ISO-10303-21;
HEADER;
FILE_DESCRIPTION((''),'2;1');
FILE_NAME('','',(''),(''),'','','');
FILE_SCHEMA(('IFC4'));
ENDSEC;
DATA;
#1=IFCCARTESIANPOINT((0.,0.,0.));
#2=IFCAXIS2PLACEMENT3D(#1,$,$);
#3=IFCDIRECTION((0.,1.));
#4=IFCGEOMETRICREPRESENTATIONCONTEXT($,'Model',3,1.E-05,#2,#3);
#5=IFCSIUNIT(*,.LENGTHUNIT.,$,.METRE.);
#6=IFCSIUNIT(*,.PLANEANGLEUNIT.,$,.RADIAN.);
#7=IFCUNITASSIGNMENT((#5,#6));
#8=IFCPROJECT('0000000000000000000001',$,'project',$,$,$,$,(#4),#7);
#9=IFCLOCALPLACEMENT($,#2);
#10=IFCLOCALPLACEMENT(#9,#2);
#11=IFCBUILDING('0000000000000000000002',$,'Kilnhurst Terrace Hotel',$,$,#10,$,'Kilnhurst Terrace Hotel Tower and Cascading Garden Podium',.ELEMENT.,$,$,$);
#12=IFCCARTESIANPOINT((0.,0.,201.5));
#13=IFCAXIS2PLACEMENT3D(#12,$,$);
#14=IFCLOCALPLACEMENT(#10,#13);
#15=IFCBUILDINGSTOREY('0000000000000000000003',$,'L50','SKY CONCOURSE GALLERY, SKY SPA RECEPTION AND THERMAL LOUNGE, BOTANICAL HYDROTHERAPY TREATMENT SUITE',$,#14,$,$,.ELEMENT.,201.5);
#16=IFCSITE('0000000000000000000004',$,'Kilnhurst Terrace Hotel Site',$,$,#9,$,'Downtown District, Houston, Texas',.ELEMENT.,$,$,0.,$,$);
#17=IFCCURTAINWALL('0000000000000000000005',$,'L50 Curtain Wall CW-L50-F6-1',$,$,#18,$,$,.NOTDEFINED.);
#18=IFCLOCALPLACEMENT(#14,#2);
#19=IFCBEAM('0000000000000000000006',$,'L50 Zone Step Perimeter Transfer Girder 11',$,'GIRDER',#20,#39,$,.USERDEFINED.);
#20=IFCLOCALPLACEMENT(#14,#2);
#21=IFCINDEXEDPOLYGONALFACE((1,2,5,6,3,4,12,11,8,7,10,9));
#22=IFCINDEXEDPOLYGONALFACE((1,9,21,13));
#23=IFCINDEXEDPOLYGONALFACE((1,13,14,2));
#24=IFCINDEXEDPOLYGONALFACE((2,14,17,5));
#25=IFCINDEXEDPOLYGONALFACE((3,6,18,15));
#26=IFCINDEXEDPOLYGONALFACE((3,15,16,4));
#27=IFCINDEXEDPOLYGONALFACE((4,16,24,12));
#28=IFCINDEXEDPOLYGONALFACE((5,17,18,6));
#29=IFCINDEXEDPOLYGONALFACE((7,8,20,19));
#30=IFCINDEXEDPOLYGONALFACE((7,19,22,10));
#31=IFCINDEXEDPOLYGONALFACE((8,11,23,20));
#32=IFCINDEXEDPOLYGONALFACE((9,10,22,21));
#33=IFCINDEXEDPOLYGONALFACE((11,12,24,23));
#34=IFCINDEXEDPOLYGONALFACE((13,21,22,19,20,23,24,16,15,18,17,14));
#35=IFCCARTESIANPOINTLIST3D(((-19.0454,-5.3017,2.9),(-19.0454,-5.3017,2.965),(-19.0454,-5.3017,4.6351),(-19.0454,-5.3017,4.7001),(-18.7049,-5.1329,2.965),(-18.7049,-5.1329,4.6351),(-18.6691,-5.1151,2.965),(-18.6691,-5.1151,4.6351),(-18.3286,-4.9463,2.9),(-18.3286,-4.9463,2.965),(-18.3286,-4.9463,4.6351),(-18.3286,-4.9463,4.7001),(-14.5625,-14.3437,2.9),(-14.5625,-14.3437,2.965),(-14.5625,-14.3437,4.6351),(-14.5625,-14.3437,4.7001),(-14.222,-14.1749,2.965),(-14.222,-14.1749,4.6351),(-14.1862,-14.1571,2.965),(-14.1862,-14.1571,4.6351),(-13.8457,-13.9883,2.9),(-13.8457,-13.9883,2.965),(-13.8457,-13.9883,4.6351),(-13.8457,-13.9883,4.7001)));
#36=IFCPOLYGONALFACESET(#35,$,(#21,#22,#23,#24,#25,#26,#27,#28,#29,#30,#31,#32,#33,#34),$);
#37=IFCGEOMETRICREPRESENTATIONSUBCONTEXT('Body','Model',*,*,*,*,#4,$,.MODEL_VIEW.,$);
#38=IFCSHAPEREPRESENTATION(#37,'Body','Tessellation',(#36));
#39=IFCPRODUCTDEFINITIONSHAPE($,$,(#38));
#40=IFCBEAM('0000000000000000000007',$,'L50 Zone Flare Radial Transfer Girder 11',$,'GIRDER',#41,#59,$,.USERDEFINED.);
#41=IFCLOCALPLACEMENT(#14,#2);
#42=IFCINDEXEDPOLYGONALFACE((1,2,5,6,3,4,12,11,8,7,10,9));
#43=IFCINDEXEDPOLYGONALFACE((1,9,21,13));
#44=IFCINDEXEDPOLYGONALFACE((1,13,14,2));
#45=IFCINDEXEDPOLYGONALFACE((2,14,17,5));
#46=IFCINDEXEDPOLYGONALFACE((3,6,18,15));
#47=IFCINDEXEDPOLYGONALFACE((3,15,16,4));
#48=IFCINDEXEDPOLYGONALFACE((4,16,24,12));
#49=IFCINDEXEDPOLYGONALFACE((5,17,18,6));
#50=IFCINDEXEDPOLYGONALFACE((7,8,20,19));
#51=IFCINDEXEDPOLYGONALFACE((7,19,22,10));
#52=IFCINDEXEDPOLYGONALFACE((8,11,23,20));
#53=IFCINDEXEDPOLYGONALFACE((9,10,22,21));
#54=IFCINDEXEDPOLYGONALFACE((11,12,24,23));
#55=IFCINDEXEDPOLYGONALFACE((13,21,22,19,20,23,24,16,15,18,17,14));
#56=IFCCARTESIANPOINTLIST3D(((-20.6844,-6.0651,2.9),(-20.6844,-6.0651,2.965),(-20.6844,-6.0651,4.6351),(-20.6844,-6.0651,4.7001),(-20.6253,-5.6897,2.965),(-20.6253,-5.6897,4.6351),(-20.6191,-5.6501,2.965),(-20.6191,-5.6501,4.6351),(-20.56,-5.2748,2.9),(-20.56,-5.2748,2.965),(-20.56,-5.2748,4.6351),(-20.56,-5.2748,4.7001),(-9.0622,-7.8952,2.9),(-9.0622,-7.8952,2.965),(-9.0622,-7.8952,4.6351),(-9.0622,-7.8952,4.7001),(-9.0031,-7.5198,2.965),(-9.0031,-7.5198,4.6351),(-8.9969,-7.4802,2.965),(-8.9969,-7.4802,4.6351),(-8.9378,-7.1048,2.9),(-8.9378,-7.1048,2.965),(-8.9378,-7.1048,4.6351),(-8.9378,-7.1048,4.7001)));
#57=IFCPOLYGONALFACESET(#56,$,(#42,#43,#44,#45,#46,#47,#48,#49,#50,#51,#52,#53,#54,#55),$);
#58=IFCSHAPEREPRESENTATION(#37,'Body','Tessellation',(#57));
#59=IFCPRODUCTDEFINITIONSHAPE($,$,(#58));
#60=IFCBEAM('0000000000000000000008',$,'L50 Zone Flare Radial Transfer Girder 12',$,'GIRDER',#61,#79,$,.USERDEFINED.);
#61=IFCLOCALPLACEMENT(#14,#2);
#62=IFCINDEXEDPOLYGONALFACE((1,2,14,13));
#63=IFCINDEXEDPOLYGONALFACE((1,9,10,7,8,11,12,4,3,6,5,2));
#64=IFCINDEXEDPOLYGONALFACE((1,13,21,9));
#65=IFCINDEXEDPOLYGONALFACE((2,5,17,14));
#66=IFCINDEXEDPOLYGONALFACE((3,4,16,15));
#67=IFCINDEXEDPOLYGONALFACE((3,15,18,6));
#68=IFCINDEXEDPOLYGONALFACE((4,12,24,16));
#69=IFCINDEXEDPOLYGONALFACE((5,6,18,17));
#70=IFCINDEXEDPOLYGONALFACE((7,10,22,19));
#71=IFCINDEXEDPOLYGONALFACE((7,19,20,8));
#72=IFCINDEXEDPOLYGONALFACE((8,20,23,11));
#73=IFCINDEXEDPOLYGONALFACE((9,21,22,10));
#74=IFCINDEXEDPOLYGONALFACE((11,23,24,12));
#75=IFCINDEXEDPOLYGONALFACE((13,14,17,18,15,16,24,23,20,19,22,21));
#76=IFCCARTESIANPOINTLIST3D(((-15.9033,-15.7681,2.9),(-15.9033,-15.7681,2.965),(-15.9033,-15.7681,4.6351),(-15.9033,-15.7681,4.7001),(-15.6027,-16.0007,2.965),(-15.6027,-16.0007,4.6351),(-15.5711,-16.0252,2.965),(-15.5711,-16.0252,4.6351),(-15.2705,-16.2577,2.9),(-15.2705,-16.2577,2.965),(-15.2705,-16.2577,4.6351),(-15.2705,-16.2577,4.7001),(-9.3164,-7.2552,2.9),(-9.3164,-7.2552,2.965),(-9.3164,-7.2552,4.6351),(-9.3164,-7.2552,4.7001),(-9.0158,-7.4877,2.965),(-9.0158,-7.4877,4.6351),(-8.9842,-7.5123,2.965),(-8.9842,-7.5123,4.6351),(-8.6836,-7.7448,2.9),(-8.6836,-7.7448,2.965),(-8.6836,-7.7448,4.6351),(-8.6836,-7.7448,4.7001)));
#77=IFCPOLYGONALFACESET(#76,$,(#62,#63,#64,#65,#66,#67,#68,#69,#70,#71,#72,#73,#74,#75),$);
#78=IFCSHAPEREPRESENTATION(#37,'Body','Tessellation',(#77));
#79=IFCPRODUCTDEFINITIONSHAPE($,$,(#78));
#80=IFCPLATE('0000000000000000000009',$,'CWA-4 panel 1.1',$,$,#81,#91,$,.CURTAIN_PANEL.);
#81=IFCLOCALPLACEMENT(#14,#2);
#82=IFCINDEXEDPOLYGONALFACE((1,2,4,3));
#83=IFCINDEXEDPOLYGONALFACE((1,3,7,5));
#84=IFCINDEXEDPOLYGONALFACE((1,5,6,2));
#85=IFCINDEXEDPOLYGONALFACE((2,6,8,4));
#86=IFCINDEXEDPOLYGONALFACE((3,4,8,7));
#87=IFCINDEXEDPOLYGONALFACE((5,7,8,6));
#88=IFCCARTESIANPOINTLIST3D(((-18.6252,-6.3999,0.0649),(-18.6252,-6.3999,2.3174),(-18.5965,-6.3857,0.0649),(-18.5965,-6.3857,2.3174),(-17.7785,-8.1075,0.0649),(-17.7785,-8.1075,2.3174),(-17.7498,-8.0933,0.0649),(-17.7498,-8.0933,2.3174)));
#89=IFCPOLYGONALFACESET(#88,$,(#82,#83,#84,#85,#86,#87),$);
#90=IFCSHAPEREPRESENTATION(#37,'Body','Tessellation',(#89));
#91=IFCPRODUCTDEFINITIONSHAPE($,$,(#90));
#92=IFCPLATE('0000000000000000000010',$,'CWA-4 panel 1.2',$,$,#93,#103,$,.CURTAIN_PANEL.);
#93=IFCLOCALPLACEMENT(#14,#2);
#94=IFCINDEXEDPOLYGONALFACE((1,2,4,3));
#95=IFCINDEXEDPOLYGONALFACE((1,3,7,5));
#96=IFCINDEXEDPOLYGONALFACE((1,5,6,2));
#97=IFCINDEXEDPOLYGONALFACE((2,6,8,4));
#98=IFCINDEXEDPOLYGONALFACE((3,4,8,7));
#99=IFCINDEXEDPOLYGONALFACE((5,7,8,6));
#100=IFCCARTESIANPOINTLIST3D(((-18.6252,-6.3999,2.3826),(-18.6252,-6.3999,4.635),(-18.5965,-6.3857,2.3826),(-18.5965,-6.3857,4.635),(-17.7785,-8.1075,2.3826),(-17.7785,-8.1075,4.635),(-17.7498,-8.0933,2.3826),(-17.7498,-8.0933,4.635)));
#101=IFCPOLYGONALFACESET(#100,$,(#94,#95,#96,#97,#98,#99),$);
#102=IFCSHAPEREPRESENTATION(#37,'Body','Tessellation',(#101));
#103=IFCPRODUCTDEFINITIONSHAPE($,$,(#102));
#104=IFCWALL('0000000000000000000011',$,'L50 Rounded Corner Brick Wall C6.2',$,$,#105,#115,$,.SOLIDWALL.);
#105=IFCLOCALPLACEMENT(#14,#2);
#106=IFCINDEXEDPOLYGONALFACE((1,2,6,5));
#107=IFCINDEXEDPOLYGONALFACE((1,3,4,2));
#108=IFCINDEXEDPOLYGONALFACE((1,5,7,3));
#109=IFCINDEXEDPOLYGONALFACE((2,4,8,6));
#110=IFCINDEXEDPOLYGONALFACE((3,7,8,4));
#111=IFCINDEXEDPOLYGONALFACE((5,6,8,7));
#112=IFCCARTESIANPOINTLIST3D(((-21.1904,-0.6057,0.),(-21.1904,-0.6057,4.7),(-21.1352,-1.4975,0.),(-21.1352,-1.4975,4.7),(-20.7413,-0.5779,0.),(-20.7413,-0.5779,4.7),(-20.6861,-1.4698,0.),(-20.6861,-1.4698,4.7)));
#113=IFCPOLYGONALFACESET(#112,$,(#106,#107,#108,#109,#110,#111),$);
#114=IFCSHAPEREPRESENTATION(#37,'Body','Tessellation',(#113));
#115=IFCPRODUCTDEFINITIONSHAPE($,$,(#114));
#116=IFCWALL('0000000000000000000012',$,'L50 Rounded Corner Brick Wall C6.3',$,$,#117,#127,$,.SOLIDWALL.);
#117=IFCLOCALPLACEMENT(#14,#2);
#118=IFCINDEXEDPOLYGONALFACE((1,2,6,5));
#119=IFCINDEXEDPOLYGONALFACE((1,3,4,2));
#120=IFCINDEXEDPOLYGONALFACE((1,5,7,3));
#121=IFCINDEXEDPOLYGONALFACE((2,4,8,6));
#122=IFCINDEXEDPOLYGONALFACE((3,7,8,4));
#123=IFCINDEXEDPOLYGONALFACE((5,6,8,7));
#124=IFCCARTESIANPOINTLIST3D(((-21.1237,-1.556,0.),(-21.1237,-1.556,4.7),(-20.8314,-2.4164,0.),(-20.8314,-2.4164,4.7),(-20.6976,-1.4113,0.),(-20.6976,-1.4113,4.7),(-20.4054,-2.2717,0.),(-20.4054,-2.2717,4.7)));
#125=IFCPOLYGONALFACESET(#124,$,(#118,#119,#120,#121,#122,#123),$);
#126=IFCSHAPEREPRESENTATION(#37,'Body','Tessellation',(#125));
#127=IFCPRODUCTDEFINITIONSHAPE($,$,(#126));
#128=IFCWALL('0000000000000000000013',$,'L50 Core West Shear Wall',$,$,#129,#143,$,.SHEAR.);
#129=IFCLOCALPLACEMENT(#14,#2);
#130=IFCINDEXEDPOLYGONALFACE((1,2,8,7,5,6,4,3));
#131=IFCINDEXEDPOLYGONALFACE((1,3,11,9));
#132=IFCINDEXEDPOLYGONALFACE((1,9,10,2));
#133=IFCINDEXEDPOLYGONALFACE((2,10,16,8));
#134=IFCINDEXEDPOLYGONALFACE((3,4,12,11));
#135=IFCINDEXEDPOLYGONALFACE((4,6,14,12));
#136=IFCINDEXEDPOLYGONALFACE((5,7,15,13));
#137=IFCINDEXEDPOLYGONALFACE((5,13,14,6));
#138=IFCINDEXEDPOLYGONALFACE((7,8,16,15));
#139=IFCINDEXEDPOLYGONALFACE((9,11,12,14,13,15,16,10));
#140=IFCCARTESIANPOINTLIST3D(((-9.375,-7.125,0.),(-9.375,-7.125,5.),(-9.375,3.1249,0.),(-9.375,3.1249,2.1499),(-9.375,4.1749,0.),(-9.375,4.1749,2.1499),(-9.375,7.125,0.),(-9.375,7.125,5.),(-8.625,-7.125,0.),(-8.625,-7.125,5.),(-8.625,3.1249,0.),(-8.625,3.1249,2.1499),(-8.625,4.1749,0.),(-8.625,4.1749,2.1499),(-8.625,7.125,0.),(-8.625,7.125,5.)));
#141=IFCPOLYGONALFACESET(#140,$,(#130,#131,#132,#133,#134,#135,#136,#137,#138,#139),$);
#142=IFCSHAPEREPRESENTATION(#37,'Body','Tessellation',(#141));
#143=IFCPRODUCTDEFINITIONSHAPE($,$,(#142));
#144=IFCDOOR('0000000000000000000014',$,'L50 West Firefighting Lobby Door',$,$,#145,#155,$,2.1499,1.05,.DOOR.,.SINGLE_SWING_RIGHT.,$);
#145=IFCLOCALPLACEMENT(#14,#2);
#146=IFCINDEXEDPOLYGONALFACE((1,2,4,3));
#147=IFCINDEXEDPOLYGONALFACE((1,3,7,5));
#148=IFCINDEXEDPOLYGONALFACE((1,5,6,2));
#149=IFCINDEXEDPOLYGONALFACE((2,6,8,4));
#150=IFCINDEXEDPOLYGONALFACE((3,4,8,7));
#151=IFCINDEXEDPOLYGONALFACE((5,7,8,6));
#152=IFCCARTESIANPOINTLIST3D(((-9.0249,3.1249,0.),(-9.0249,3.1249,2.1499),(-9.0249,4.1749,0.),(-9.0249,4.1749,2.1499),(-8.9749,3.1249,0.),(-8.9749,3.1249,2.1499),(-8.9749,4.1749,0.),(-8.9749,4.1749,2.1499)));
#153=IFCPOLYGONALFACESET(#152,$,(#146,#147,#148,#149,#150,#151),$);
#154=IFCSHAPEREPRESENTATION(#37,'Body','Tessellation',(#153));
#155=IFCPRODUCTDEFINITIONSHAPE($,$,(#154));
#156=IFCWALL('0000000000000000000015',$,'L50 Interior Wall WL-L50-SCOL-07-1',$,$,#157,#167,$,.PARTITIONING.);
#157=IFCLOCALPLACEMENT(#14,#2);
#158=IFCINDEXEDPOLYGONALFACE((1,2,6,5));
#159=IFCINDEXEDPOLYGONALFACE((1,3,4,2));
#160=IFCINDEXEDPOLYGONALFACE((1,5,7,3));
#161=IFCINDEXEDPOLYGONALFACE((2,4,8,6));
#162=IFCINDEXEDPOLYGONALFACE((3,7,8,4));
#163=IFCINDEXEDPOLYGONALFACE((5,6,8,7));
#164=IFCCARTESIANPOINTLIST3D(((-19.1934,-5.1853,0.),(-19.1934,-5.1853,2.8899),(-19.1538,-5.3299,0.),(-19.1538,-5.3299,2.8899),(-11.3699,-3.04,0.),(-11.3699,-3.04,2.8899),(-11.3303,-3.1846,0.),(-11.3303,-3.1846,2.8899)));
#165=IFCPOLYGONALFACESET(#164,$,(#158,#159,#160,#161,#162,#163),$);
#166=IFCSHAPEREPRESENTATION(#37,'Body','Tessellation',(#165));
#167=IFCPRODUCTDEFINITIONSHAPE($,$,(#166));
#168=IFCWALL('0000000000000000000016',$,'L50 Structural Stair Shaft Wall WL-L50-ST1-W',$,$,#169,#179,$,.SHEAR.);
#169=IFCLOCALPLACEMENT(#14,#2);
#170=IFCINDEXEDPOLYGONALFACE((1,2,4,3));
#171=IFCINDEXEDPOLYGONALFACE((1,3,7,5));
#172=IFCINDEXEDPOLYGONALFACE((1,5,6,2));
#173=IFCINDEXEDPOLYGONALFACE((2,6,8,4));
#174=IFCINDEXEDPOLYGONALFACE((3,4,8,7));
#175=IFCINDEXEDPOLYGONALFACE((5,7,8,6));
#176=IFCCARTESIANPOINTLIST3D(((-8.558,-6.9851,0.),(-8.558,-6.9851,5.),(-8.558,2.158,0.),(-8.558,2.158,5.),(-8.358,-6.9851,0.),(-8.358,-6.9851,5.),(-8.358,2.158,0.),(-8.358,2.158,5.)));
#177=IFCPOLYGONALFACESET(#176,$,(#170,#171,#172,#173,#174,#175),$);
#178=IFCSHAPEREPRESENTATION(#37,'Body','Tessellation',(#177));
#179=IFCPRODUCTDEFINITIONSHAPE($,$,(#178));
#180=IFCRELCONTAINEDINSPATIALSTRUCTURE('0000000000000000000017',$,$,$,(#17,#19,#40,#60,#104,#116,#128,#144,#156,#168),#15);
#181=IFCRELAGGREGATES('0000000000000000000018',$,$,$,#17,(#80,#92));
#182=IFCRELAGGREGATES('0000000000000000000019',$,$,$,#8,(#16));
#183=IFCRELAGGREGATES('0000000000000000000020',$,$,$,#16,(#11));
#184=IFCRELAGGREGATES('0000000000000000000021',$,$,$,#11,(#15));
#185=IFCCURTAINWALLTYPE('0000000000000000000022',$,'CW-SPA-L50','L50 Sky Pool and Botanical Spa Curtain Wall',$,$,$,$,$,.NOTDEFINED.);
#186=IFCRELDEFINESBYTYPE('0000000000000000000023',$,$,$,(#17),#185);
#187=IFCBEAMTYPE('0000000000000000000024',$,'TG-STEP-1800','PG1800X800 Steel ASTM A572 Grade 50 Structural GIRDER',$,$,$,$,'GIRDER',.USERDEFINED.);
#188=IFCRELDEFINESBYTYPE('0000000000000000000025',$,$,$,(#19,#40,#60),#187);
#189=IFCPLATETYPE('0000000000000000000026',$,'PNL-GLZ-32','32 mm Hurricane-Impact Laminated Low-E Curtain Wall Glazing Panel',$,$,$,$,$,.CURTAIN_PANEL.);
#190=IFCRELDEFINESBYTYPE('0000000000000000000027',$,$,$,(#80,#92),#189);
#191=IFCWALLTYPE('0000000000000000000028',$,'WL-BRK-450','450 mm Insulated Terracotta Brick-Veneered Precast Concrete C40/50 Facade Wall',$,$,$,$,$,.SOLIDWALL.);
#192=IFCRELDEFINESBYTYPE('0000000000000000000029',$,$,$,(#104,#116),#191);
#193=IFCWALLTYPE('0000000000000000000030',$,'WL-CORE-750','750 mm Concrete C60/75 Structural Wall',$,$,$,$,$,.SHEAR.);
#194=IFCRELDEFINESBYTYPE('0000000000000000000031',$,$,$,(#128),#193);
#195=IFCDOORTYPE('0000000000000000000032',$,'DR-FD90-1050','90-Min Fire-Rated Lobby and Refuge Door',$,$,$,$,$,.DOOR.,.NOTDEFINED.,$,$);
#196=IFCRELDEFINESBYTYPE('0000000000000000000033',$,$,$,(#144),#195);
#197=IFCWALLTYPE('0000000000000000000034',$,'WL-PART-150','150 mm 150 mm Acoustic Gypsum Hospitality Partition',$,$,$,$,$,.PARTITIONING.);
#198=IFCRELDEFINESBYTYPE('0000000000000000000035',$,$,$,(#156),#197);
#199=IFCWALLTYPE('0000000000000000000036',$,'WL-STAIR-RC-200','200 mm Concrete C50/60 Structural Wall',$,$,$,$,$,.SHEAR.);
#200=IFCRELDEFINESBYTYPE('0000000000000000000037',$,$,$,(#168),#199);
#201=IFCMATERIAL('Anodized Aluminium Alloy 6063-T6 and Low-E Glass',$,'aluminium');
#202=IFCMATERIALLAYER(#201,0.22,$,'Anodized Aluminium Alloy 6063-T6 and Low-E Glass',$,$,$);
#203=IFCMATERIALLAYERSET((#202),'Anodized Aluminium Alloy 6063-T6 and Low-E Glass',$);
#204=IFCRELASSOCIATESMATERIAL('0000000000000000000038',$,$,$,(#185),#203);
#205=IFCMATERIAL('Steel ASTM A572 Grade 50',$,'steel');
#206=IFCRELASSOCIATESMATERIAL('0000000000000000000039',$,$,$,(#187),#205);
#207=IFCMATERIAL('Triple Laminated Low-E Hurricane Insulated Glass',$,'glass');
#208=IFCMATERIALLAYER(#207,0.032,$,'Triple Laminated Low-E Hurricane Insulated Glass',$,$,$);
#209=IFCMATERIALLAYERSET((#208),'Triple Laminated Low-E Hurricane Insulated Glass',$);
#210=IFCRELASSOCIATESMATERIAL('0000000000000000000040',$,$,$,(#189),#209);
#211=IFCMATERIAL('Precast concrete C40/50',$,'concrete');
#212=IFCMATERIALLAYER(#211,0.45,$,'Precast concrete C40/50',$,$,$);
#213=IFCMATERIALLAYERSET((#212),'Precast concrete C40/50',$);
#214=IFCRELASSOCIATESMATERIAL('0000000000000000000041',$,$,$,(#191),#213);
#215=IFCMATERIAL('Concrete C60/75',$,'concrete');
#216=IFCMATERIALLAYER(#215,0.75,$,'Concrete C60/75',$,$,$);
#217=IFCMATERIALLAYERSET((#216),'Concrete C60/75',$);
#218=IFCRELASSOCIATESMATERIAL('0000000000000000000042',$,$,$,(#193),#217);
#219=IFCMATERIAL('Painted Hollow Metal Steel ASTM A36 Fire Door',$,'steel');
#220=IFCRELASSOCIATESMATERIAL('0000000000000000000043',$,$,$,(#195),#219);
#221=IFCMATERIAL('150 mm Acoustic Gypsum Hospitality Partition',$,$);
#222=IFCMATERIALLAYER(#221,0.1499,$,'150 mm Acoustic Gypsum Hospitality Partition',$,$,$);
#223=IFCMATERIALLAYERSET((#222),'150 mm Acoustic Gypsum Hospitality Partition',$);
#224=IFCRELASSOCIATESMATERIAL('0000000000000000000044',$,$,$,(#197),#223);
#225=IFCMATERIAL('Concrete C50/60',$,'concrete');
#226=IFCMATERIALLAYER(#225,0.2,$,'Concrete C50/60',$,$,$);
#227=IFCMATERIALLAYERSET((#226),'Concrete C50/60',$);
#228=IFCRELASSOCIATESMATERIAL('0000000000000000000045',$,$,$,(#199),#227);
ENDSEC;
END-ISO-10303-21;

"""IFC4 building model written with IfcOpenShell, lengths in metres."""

from ifc_helpers import new_model, si_unit, direction, frame, frame_2d, origin, origin_2d, place, context, subcontext, project, spatial, rectangle, i_section, extrude, material, layer, layer_set, material_profile, profile_set, type_object, element, fill, aggregate, save


model = new_model("IFC4")

# Units and contexts
model_context = context("Model", 3, precision=1e-05, world=origin(), true_north=direction((0.0, 1.0)))
body_context = subcontext(model_context, "Body", "Model", "MODEL_VIEW")
ifc_project = project(units=[si_unit("LENGTHUNIT", "METRE"), si_unit("PLANEANGLEUNIT", "RADIAN")], contexts=[model_context])

# Site, building, storey
site_placement = place(None, origin())
site = spatial("IfcSite", under=ifc_project, at=site_placement, Name="Kilnhurst Terrace Hotel Site", LongName="Downtown District, Houston, Texas", CompositionType="ELEMENT", RefElevation=0.0)
building_placement = place(site_placement, origin())
building = spatial("IfcBuilding", under=site, at=building_placement, Name="Kilnhurst Terrace Hotel", LongName="Kilnhurst Terrace Hotel Tower and Cascading Garden Podium", CompositionType="ELEMENT")
storey_placement = place(building_placement, frame((0.0, 0.0, 201.5)))
storey = spatial("IfcBuildingStorey", under=building, at=storey_placement, Name="L50", Description="SKY CONCOURSE GALLERY, SKY SPA RECEPTION AND THERMAL LOUNGE, BOTANICAL HYDROTHERAPY TREATMENT SUITE", CompositionType="ELEMENT", Elevation=201.5)

# Curtain wall
ifc_material_1 = material(Name="Anodized Aluminium Alloy 6063-T6 and Low-E Glass", Category="aluminium")
ifc_layer_1 = layer(ifc_material_1, 0.22, Name="Anodized Aluminium Alloy 6063-T6 and Low-E Glass")
ifc_layer_set_1 = layer_set([ifc_layer_1], Name="Anodized Aluminium Alloy 6063-T6 and Low-E Glass")
curtain_wall_type = type_object("IfcCurtainWallType", Name="CW-SPA-L50", Description="L50 Sky Pool and Botanical Spa Curtain Wall", PredefinedType="NOTDEFINED", material=ifc_layer_set_1)
curtain_wall_placement = place(storey_placement, origin())
curtain_wall = element("IfcCurtainWall", 1, at=curtain_wall_placement, inside=storey, type_object=curtain_wall_type, Name="L50 Curtain Wall CW-L50-F6-1", PredefinedType="NOTDEFINED")

# Beams
ifc_material_2 = material(Name="Steel ASTM A572 Grade 50", Category="steel")
ifc_material_profile_1 = material_profile(ifc_material_2, i_section(OverallWidth=0.8, OverallDepth=1.8, WebThickness=0.04, FlangeThickness=0.0649, at=origin_2d()), Name="PG1800X800")
ifc_profile_set_1 = profile_set([ifc_material_profile_1], Name="Steel ASTM A572 Grade 50")
beam_type_1 = type_object("IfcBeamType", Name="TG-STEP-1800", Description="PG1800X800 Steel ASTM A572 Grade 50 Structural GIRDER", ElementType="GIRDER", PredefinedType="USERDEFINED", material=ifc_profile_set_1)
beam_1_placement = place(storey_placement, frame((-18.687, -5.124, 3.8), z_axis=(0.444192, -0.895932, 0.0), x_axis=(0.895932, 0.444192, 0.0)))
element("IfcBeam", 2, at=beam_1_placement, inside=storey, type_object=beam_type_1, Name="L50 Zone Step Perimeter Transfer Girder 11", ObjectType="GIRDER", PredefinedType="USERDEFINED", context=body_context, shape_type="SweptSolid", body=[
    extrude(i_section(OverallWidth=0.8, OverallDepth=1.8, WebThickness=0.04, FlangeThickness=0.0649, at=origin_2d()), origin(), (0.0, 0.0, 1.0), 10.0923),
])
beam_2_placement = place(storey_placement, frame((-9.0, -7.5, 3.8), z_axis=(-0.987828, 0.155549, 0.0), x_axis=(-0.155549, -0.987828, 0.0)))
element("IfcBeam", 3, at=beam_2_placement, inside=storey, type_object=beam_type_1, Name="L50 Zone Flare Radial Transfer Girder 11", ObjectType="GIRDER", PredefinedType="USERDEFINED", context=body_context, shape_type="SweptSolid", body=[
    extrude(i_section(OverallWidth=0.8, OverallDepth=1.8, WebThickness=0.04, FlangeThickness=0.0649, at=origin_2d()), origin(), (0.0, 0.0, 1.0), 11.7654),
])
beam_3_placement = place(storey_placement, frame((-9.0, -7.5, 3.8), z_axis=(-0.611955, -0.790892, 0.0), x_axis=(0.790892, -0.611955, 0.0)))
element("IfcBeam", 4, at=beam_3_placement, inside=storey, type_object=beam_type_1, Name="L50 Zone Flare Radial Transfer Girder 12", ObjectType="GIRDER", PredefinedType="USERDEFINED", context=body_context, shape_type="SweptSolid", body=[
    extrude(i_section(OverallWidth=0.8, OverallDepth=1.8, WebThickness=0.04, FlangeThickness=0.0649, at=origin_2d()), origin(), (0.0, 0.0, 1.0), 10.7637),
])

# Plates
ifc_material_3 = material(Name="Triple Laminated Low-E Hurricane Insulated Glass", Category="glass")
ifc_layer_2 = layer(ifc_material_3, 0.032, Name="Triple Laminated Low-E Hurricane Insulated Glass")
ifc_layer_set_2 = layer_set([ifc_layer_2], Name="Triple Laminated Low-E Hurricane Insulated Glass")
plate_type = type_object("IfcPlateType", Name="PNL-GLZ-32", Description="32 mm Hurricane-Impact Laminated Low-E Curtain Wall Glazing Panel", PredefinedType="CURTAIN_PANEL", material=ifc_layer_set_2)
plate_1_placement = place(storey_placement, frame((-18.1875, -7.2466, 0.0649), z_axis=(0.0, 0.0, 1.0), x_axis=(0.444239, -0.895908, 0.0)))
plate_1 = element("IfcPlate", 5, at=plate_1_placement, type_object=plate_type, Name="CWA-4 panel 1.1", PredefinedType="CURTAIN_PANEL", context=body_context, shape_type="SweptSolid", body=[
    extrude(rectangle(XDim=1.906, YDim=0.032, at=origin_2d()), origin(), (0.0, 0.0, 1.0), 2.2524),
])
plate_2_placement = place(storey_placement, frame((-18.1875, -7.2466, 2.3826), z_axis=(0.0, 0.0, 1.0), x_axis=(0.444239, -0.895908, 0.0)))
plate_2 = element("IfcPlate", 6, at=plate_2_placement, type_object=plate_type, Name="CWA-4 panel 1.2", PredefinedType="CURTAIN_PANEL", context=body_context, shape_type="SweptSolid", body=[
    extrude(rectangle(XDim=1.906, YDim=0.032, at=origin_2d()), origin(), (0.0, 0.0, 1.0), 2.2524),
])
aggregate(curtain_wall, [plate_1, plate_2])

# Walls
ifc_material_4 = material(Name="Precast concrete C40/50", Category="concrete")
ifc_layer_3 = layer(ifc_material_4, 0.45, Name="Precast concrete C40/50")
ifc_layer_set_3 = layer_set([ifc_layer_3], Name="Precast concrete C40/50")
wall_type_1 = type_object("IfcWallType", Name="WL-BRK-450", Description="450 mm Insulated Terracotta Brick-Veneered Precast Concrete C40/50 Facade Wall", PredefinedType="SOLIDWALL", material=ifc_layer_set_3)
wall_1_placement = place(storey_placement, frame((-20.9658, -0.5918, 0.0), z_axis=(0.0, 0.0, 1.0), x_axis=(0.061749, -0.998092, 0.0)))
element("IfcWall", 7, at=wall_1_placement, inside=storey, type_object=wall_type_1, Name="L50 Rounded Corner Brick Wall C6.2", PredefinedType="SOLIDWALL", context=body_context, shape_type="SweptSolid", body=[
    extrude(rectangle(XDim=0.8936, YDim=0.45, at=frame_2d((0.4468, 0.0))), origin(), (0.0, 0.0, 1.0), 4.7),
])
wall_2_placement = place(storey_placement, frame((-20.9106, -1.4836, 0.0), z_axis=(0.0, 0.0, 1.0), x_axis=(0.321623, -0.946868, 0.0)))
element("IfcWall", 8, at=wall_2_placement, inside=storey, type_object=wall_type_1, Name="L50 Rounded Corner Brick Wall C6.3", PredefinedType="SOLIDWALL", context=body_context, shape_type="SweptSolid", body=[
    extrude(rectangle(XDim=0.9087, YDim=0.45, at=frame_2d((0.4543, 0.0))), origin(), (0.0, 0.0, 1.0), 4.7),
])

# Wall, opening, door
ifc_material_5 = material(Name="Concrete C60/75", Category="concrete")
ifc_layer_4 = layer(ifc_material_5, 0.75, Name="Concrete C60/75")
ifc_layer_set_4 = layer_set([ifc_layer_4], Name="Concrete C60/75")
wall_type_2 = type_object("IfcWallType", Name="WL-CORE-750", Description="750 mm Concrete C60/75 Structural Wall", PredefinedType="SHEAR", material=ifc_layer_set_4)
wall_3_placement = place(storey_placement, frame((-9.0, -7.125, 0.0), z_axis=(0.0, 0.0, 1.0), x_axis=(0.0, 1.0, 0.0)))
wall_3 = element("IfcWall", 9, at=wall_3_placement, inside=storey, type_object=wall_type_2, Name="L50 Core West Shear Wall", PredefinedType="SHEAR", context=body_context, shape_type="SweptSolid", body=[
    extrude(rectangle(XDim=14.25, YDim=0.75, at=frame_2d((7.125, 0.0))), origin(), (0.0, 0.0, 1.0), 5.0),
])
opening_1_placement = place(wall_3_placement, frame((10.25, 0.0, 0.0)))
opening_1 = element("IfcOpeningElement", 10, at=opening_1_placement, cuts=wall_3, PredefinedType="OPENING", context=body_context, shape_type="SweptSolid", body=[
    extrude(rectangle(XDim=1.05, YDim=2.1499, at=frame_2d((0.5249, 1.075))), frame((0.0, 0.385, 0.0), z_axis=(0.0, -1.0, 0.0), x_axis=(1.0, 0.0, 0.0)), (0.0, 0.0, 1.0), 0.77),
])
ifc_material_6 = material(Name="Painted Hollow Metal Steel ASTM A36 Fire Door", Category="steel")
door_type_1 = type_object("IfcDoorType", Name="DR-FD90-1050", Description="90-Min Fire-Rated Lobby and Refuge Door", OperationType="NOTDEFINED", PredefinedType="DOOR", material=ifc_material_6)
door_1_placement = place(opening_1_placement, origin())
door_1 = element("IfcDoor", 11, at=door_1_placement, inside=storey, type_object=door_type_1, Name="L50 West Firefighting Lobby Door", OperationType="SINGLE_SWING_RIGHT", OverallHeight=2.1499, OverallWidth=1.05, PredefinedType="DOOR", context=body_context, shape_type="SweptSolid", body=[
    extrude(rectangle(XDim=1.05, YDim=2.1499, at=frame_2d((0.5249, 1.075))), frame((0.0, 0.0249, 0.0), z_axis=(0.0, -1.0, 0.0), x_axis=(1.0, 0.0, 0.0)), (0.0, 0.0, 1.0), 0.05),
])
fill(opening_1, door_1)

# Walls
ifc_material_7 = material(Name="150 mm Acoustic Gypsum Hospitality Partition")
ifc_layer_5 = layer(ifc_material_7, 0.1499, Name="150 mm Acoustic Gypsum Hospitality Partition")
ifc_layer_set_5 = layer_set([ifc_layer_5], Name="150 mm Acoustic Gypsum Hospitality Partition")
wall_type_3 = type_object("IfcWallType", Name="WL-PART-150", Description="150 mm 150 mm Acoustic Gypsum Hospitality Partition", PredefinedType="PARTITIONING", material=ifc_layer_set_5)
wall_4_placement = place(storey_placement, frame((-11.3501, -3.1123, 0.0), z_axis=(0.0, 0.0, 1.0), x_axis=(-0.9644, -0.264446, 0.0)))
element("IfcWall", 12, at=wall_4_placement, inside=storey, type_object=wall_type_3, Name="L50 Interior Wall WL-L50-SCOL-07-1", PredefinedType="PARTITIONING", context=body_context, shape_type="SweptSolid", body=[
    extrude(rectangle(XDim=8.1123, YDim=0.1499, at=frame_2d((4.0562, 0.0))), origin(), (0.0, 0.0, 1.0), 2.8899),
])
ifc_material_8 = material(Name="Concrete C50/60", Category="concrete")
ifc_layer_6 = layer(ifc_material_8, 0.2, Name="Concrete C50/60")
ifc_layer_set_6 = layer_set([ifc_layer_6], Name="Concrete C50/60")
wall_type_4 = type_object("IfcWallType", Name="WL-STAIR-RC-200", Description="200 mm Concrete C50/60 Structural Wall", PredefinedType="SHEAR", material=ifc_layer_set_6)
wall_5_placement = place(storey_placement, frame((-8.458, -6.9851, 0.0), z_axis=(0.0, 0.0, 1.0), x_axis=(0.0, 1.0, 0.0)))
element("IfcWall", 13, at=wall_5_placement, inside=storey, type_object=wall_type_4, Name="L50 Structural Stair Shaft Wall WL-L50-ST1-W", PredefinedType="SHEAR", context=body_context, shape_type="SweptSolid", body=[
    extrude(rectangle(XDim=9.1431, YDim=0.2, at=frame_2d((4.5715, 0.0))), origin(), (0.0, 0.0, 1.0), 5.0),
])

save(model, "model.ifc")
